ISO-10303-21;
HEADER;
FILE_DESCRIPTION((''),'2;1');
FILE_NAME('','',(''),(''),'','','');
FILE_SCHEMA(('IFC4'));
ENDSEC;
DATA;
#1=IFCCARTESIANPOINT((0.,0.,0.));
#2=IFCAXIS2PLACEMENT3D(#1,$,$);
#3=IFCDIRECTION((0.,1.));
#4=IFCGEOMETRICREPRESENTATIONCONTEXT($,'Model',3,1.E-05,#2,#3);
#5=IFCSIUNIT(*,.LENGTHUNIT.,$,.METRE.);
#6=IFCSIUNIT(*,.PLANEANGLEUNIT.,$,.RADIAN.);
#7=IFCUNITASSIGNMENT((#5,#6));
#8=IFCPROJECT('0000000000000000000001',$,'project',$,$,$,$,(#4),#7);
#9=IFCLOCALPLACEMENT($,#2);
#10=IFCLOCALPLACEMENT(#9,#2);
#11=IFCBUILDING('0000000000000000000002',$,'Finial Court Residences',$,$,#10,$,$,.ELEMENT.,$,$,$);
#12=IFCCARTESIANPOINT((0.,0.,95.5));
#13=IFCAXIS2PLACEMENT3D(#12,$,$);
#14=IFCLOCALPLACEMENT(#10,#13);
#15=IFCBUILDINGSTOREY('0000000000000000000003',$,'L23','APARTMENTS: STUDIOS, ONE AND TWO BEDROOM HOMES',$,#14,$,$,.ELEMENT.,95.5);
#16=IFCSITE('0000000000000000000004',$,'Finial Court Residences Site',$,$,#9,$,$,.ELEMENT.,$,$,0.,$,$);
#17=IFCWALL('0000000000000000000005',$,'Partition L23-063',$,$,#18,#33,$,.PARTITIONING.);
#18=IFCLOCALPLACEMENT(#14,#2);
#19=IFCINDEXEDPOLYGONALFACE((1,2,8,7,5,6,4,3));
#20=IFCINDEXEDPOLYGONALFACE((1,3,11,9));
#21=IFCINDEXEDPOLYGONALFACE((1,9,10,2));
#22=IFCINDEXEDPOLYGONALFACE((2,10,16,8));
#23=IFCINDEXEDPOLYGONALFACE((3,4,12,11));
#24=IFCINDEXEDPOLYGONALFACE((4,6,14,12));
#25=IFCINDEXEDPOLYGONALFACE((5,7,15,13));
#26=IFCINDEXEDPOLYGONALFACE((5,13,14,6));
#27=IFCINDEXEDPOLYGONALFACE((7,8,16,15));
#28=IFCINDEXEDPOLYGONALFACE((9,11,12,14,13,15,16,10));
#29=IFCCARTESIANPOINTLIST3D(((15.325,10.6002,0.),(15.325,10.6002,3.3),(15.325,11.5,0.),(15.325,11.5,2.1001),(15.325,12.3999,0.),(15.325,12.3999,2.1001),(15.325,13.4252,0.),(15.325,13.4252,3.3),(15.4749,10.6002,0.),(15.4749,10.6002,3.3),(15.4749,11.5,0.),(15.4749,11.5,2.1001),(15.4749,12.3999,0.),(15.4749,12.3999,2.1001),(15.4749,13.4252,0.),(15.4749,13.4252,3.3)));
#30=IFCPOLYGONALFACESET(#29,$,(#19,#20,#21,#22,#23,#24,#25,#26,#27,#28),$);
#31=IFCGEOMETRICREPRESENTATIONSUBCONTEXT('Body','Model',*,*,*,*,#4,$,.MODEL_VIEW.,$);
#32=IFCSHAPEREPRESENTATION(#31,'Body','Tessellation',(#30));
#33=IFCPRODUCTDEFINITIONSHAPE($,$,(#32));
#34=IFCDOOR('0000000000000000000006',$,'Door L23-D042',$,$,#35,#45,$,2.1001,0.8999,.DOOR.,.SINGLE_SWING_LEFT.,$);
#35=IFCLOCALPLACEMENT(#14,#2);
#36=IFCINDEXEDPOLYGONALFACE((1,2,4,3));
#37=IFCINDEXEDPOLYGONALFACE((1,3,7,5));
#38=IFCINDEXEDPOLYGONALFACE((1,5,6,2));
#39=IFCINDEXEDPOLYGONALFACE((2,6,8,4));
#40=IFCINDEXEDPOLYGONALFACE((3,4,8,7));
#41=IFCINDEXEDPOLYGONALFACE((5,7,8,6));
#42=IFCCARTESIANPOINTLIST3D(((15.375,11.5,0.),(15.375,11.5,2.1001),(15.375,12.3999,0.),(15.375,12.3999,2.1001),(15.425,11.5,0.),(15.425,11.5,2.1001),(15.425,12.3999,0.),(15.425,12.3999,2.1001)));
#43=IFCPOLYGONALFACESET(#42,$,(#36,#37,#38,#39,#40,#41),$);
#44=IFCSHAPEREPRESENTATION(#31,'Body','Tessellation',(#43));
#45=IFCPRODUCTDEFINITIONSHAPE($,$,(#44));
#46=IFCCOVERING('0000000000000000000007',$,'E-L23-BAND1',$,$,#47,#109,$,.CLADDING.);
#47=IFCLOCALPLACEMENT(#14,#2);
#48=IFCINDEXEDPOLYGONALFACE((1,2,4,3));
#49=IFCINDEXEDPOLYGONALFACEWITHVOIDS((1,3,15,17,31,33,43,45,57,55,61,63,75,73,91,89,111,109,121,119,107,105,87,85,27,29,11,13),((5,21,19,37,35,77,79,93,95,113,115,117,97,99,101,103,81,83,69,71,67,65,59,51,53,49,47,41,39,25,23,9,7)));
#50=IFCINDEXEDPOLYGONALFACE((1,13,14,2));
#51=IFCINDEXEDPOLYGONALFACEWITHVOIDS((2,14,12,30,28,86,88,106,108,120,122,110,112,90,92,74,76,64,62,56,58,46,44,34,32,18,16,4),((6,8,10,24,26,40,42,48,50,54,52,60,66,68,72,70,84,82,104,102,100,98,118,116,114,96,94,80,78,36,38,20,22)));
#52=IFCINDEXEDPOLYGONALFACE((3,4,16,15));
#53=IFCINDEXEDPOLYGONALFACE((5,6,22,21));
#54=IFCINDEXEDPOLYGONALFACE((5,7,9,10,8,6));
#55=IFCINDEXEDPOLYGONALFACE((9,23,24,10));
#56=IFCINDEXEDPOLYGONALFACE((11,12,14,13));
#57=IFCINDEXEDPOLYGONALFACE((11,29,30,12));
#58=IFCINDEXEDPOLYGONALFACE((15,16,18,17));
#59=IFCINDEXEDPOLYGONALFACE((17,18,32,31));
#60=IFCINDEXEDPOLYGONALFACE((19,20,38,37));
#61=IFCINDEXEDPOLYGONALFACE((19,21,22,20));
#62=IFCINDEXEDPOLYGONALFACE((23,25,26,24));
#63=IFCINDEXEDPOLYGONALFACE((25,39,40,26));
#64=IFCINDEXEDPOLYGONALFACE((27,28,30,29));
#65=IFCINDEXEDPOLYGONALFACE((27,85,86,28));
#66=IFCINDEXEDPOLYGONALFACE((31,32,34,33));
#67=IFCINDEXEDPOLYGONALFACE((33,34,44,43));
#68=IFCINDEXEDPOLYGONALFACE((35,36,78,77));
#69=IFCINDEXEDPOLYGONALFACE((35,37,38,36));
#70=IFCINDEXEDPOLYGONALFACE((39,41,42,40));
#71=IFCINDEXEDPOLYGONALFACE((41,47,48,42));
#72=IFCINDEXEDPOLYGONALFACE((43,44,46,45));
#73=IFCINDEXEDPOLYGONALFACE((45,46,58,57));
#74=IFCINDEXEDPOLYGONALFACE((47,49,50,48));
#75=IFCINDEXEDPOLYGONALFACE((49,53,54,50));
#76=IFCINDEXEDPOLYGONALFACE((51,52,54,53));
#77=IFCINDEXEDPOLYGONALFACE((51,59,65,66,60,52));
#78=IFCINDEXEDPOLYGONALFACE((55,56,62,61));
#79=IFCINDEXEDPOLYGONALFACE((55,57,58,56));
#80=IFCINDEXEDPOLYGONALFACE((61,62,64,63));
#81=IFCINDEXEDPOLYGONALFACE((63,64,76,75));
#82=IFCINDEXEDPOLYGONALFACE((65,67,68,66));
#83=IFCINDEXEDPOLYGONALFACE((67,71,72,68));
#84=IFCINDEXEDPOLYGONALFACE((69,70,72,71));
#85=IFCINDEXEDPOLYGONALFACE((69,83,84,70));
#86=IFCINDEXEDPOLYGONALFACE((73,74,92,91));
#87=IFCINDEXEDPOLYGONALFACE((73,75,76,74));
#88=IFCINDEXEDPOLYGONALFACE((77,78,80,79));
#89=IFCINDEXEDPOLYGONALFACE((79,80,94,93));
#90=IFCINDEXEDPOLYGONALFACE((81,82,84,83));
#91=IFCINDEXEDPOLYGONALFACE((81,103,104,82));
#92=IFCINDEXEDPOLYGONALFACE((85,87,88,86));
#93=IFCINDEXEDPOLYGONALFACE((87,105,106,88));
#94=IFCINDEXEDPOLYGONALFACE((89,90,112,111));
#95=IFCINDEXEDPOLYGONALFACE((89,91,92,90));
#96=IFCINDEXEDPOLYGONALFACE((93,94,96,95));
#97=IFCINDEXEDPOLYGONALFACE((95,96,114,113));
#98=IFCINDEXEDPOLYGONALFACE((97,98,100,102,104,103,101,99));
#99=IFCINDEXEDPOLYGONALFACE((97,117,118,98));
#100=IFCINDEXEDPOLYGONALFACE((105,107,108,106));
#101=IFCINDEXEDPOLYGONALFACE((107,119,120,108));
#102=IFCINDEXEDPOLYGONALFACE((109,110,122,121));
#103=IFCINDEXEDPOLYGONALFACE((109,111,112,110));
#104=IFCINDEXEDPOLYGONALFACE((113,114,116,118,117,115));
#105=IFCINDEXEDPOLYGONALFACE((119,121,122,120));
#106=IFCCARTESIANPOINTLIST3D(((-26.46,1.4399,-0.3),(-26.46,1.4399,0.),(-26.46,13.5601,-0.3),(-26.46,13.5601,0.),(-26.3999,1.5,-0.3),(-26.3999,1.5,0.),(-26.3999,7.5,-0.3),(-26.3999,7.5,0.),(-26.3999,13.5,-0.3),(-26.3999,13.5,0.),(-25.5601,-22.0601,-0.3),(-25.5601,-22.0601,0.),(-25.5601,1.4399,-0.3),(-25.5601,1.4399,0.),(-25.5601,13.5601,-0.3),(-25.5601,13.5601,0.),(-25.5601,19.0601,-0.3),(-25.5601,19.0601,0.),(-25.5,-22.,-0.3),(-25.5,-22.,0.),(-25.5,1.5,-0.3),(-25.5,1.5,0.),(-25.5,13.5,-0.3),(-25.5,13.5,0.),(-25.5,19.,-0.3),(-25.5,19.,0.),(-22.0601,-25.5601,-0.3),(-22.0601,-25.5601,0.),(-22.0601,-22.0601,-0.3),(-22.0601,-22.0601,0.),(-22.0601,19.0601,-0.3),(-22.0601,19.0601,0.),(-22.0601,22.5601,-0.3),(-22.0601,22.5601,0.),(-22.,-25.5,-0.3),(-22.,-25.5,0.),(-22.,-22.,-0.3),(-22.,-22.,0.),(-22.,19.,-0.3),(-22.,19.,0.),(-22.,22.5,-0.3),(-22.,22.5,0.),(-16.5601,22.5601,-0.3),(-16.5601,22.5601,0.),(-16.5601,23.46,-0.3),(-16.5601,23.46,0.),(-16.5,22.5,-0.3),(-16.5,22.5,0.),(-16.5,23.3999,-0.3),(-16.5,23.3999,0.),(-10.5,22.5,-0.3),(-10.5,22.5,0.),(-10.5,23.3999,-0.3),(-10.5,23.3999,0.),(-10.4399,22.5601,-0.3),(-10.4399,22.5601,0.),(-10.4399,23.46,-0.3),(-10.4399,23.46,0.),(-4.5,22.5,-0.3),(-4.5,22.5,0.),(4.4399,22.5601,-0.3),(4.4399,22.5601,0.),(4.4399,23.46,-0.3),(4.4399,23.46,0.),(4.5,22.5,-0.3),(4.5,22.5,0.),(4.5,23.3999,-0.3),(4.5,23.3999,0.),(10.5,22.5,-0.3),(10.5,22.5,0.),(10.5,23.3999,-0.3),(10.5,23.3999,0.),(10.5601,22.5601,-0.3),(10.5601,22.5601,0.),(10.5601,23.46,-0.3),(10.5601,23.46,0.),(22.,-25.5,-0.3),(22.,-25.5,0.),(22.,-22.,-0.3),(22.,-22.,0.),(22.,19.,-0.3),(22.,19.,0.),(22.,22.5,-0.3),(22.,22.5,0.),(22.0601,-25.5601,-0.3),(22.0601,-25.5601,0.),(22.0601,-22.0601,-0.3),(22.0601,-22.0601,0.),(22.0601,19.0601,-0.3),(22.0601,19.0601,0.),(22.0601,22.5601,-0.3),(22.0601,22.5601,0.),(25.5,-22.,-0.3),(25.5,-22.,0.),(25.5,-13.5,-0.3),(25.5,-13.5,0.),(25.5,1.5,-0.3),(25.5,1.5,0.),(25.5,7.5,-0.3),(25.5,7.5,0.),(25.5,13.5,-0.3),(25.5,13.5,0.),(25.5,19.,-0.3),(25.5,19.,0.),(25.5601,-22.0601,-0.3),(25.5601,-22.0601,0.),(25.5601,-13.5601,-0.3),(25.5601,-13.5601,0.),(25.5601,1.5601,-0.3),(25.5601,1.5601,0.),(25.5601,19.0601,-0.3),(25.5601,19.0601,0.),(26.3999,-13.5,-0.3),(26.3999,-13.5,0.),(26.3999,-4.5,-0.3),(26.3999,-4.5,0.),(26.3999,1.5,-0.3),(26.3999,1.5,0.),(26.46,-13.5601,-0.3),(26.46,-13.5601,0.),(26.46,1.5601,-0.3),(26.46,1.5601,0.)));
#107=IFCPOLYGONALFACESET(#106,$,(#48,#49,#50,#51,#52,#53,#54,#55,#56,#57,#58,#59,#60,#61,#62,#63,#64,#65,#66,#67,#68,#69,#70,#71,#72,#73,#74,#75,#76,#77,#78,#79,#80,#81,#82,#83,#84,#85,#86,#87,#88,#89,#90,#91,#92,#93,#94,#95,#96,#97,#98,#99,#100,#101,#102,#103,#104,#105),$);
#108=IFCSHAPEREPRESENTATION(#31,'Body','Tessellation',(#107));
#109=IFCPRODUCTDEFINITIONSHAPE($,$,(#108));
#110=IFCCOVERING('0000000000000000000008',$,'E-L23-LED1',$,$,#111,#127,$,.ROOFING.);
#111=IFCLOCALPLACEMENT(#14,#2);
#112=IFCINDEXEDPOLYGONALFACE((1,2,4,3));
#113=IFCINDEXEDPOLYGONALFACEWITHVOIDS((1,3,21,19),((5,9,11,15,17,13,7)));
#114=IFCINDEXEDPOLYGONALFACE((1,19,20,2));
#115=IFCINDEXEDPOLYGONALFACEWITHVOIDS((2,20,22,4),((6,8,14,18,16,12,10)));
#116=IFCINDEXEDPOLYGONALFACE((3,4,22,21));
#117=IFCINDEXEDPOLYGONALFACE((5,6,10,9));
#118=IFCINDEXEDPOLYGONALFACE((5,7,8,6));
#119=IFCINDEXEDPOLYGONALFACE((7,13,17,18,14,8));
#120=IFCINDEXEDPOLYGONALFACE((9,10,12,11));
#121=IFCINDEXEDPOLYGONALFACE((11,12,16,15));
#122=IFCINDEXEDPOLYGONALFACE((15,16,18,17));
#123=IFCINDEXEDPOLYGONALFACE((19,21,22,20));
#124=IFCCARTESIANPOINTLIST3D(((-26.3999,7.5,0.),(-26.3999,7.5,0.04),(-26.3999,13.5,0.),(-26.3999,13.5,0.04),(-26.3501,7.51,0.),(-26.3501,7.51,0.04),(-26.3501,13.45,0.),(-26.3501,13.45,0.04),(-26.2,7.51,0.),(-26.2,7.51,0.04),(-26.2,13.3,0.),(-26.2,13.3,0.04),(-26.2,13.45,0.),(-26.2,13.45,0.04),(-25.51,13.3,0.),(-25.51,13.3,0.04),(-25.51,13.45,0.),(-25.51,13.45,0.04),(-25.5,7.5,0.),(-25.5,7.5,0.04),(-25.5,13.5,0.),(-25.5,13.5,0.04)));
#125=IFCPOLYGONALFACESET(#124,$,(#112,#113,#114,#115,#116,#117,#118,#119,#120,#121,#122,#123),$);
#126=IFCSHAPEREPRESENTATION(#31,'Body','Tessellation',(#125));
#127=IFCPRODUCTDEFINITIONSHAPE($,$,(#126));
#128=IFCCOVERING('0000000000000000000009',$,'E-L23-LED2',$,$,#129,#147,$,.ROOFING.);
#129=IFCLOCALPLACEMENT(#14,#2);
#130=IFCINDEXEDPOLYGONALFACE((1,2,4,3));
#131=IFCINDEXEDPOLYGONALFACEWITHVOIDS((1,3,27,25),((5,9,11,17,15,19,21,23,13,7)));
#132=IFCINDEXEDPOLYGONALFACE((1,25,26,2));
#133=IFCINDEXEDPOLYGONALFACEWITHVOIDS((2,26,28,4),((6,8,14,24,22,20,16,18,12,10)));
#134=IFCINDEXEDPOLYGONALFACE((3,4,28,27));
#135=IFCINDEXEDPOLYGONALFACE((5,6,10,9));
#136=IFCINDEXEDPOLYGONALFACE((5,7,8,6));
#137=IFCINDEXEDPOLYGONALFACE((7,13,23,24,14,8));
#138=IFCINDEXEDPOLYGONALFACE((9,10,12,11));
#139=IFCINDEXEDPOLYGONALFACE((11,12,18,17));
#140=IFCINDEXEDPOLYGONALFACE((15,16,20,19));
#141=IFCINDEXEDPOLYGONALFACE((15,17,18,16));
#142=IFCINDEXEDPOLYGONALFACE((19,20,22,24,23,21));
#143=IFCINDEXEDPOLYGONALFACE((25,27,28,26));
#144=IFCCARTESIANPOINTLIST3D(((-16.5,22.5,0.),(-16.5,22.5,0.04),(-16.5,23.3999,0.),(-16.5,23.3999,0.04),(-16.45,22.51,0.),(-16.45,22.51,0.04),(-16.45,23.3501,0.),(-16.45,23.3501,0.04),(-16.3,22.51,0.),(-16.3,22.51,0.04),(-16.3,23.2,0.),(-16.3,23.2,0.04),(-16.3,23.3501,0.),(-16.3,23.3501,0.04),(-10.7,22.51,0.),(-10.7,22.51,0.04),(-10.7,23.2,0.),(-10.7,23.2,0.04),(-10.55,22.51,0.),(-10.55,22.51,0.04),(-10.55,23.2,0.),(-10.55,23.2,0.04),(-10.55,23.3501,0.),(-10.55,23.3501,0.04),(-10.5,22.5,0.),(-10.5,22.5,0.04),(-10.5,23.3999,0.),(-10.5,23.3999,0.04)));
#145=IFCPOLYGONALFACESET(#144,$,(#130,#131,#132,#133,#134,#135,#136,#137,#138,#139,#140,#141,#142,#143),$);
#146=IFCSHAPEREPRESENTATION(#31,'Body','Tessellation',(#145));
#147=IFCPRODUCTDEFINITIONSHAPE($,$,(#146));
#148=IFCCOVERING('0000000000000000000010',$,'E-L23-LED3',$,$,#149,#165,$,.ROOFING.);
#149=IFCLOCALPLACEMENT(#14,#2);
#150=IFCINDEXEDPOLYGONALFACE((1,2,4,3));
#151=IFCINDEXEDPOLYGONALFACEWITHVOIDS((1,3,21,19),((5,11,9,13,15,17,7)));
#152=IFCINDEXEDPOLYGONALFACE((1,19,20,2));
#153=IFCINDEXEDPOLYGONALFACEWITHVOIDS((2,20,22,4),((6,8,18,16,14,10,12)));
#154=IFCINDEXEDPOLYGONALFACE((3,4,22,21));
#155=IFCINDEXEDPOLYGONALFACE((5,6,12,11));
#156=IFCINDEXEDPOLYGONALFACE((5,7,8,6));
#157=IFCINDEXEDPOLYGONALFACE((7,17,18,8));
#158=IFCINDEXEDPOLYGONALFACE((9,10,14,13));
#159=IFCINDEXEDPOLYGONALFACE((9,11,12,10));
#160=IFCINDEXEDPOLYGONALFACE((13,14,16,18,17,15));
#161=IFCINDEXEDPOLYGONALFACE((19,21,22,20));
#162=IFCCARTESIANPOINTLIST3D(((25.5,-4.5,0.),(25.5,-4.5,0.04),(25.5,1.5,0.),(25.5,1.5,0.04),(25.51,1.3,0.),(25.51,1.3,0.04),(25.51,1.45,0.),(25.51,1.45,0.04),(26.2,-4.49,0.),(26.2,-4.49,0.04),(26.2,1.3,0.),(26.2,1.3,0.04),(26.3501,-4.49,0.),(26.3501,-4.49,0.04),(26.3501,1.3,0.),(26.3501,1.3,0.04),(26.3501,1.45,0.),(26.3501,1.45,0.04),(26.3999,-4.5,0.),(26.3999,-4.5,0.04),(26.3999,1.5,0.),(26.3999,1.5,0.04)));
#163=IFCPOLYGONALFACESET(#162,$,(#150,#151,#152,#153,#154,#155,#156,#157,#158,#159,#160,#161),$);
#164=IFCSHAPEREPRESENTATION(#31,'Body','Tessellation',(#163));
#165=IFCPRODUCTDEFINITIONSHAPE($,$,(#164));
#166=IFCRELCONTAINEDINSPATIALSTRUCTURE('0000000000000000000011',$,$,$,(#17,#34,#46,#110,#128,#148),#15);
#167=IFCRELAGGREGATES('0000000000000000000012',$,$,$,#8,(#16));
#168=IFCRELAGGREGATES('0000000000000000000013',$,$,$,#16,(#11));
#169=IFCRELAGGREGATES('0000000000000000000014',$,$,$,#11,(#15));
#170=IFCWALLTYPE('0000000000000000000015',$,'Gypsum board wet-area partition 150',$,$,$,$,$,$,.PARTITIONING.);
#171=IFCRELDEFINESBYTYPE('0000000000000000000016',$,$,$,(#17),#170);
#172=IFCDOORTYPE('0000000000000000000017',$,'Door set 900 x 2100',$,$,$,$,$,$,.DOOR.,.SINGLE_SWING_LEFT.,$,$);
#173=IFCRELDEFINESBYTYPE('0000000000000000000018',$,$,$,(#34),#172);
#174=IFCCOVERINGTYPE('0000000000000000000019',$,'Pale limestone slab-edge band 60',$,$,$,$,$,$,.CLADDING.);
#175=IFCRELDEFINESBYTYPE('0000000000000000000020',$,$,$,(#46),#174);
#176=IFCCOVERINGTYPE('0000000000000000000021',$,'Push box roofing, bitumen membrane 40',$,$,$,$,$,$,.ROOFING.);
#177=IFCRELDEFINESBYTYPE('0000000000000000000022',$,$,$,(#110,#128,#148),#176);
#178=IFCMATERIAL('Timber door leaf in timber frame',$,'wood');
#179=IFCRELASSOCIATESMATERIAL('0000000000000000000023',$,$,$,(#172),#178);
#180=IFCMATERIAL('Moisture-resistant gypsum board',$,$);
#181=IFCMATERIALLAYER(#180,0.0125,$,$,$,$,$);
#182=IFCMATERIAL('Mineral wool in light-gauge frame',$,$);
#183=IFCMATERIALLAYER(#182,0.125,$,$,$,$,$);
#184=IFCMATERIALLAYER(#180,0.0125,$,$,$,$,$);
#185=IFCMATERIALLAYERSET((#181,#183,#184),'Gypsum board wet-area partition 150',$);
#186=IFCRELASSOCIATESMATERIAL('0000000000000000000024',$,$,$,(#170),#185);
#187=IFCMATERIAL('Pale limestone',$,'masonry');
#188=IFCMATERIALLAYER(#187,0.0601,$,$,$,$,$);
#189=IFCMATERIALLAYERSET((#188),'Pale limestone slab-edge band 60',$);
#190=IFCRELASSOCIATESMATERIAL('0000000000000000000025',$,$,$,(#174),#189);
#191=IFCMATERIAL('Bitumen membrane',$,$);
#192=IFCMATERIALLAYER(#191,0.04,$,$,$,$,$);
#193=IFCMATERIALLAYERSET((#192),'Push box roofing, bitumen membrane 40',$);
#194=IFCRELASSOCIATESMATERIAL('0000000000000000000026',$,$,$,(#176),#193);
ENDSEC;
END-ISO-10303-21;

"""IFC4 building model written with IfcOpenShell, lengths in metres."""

from ifc_helpers import new_model, si_unit, direction, frame, frame_2d, origin, place, context, subcontext, project, spatial, polyline, rectangle, outline, extrude, material, layer, layer_set, type_object, element, fill, save


model = new_model("IFC4")

# Units and contexts
model_context = context("Model", 3, precision=1e-05, world=origin(), true_north=direction((0.0, 1.0)))
body_context = subcontext(model_context, "Body", "Model", "MODEL_VIEW")
ifc_project = project(units=[si_unit("LENGTHUNIT", "METRE"), si_unit("PLANEANGLEUNIT", "RADIAN")], contexts=[model_context])

# Site, building, storey
site_placement = place(None, origin())
site = spatial("IfcSite", under=ifc_project, at=site_placement, Name="Finial Court Residences Site", CompositionType="ELEMENT", RefElevation=0.0)
building_placement = place(site_placement, origin())
building = spatial("IfcBuilding", under=site, at=building_placement, Name="Finial Court Residences", CompositionType="ELEMENT")
storey_placement = place(building_placement, frame((0.0, 0.0, 95.5)))
storey = spatial("IfcBuildingStorey", under=building, at=storey_placement, Name="L23", Description="APARTMENTS: STUDIOS, ONE AND TWO BEDROOM HOMES", CompositionType="ELEMENT", Elevation=95.5)

# Shared definitions
ifc_material_1 = material(Name="Mineral wool in light-gauge frame")
ifc_material_2 = material(Name="Timber door leaf in timber frame", Category="wood")
door_type = type_object("IfcDoorType", Name="Door set 900 x 2100", OperationType="SINGLE_SWING_LEFT", PredefinedType="DOOR", material=ifc_material_2)
ifc_material_3 = material(Name="Moisture-resistant gypsum board")
ifc_layer_1 = layer(ifc_material_3, 0.0125)
ifc_layer_2 = layer(ifc_material_1, 0.125)
ifc_layer_3 = layer(ifc_material_3, 0.0125)
ifc_layer_set_1 = layer_set([ifc_layer_1, ifc_layer_2, ifc_layer_3], Name="Gypsum board wet-area partition 150")
wall_type_1 = type_object("IfcWallType", Name="Gypsum board wet-area partition 150", PredefinedType="PARTITIONING", material=ifc_layer_set_1)

# Wall, opening, door
wall_1_placement = place(storey_placement, frame((15.3999, 10.6001, 0.0), z_axis=(0.0, 0.0, 1.0), x_axis=(0.0, 1.0, 0.0)))
wall_1 = element("IfcWall", 1, at=wall_1_placement, inside=storey, type_object=wall_type_1, Name="Partition L23-063", PredefinedType="PARTITIONING", context=body_context, shape_type="SweptSolid", body=[
    extrude(rectangle(XDim=2.825, YDim=0.1499, at=frame_2d((1.4126, 0.0))), origin(), (0.0, 0.0, 1.0), 3.3),
])
opening_1_placement = place(wall_1_placement, frame((0.8999, 0.0, 0.0)))
opening_1 = element("IfcOpeningElement", 2, at=opening_1_placement, cuts=wall_1, PredefinedType="OPENING", context=body_context, shape_type="SweptSolid", body=[
    extrude(rectangle(XDim=0.8999, YDim=2.1001, at=frame_2d((0.45, 1.05))), frame((0.0, 0.085, 0.0), z_axis=(0.0, -1.0, 0.0), x_axis=(1.0, 0.0, 0.0)), (0.0, 0.0, 1.0), 0.1699),
])
door_1_placement = place(opening_1_placement, origin())
door_1 = element("IfcDoor", 3, at=door_1_placement, inside=storey, type_object=door_type, Name="Door L23-D042", OperationType="SINGLE_SWING_LEFT", OverallHeight=2.1001, OverallWidth=0.8999, PredefinedType="DOOR", context=body_context, shape_type="SweptSolid", body=[
    extrude(rectangle(XDim=0.8999, YDim=2.1001, at=frame_2d((0.45, 1.05))), frame((0.0, 0.0249, 0.0), z_axis=(0.0, -1.0, 0.0), x_axis=(1.0, 0.0, 0.0)), (0.0, 0.0, 1.0), 0.05),
])
fill(opening_1, door_1)

# Coverings
ifc_material_4 = material(Name="Pale limestone", Category="masonry")
ifc_layer_4 = layer(ifc_material_4, 0.0601)
ifc_layer_set_2 = layer_set([ifc_layer_4], Name="Pale limestone slab-edge band 60")
covering_type_1 = type_object("IfcCoveringType", Name="Pale limestone slab-edge band 60", PredefinedType="CLADDING", material=ifc_layer_set_2)
covering_1_placement = place(storey_placement, frame((0.0, 0.0, -0.3)))
element("IfcCovering", 4, at=covering_1_placement, inside=storey, type_object=covering_type_1, Name="E-L23-BAND1", PredefinedType="CLADDING", context=body_context, shape_type="SweptSolid", body=[
    extrude(outline(polyline([(-22.0601, -25.5601), (-22.0601, -22.0601), (-25.5601, -22.0601), (-25.5601, 1.4399), (-26.46, 1.4399), (-26.46, 13.5601), (-25.5601, 13.5601), (-25.5601, 19.0601), (-22.0601, 19.0601), (-22.0601, 22.5601), (-16.5601, 22.5601), (-16.5601, 23.46), (-10.4399, 23.46), (-10.4399, 22.5601), (4.4399, 22.5601), (4.4399, 23.46), (10.5601, 23.46), (10.5601, 22.5601), (22.0601, 22.5601), (22.0601, 19.0601), (25.5601, 19.0601), (25.5601, 1.5601), (26.46, 1.5601), (26.46, -13.5601), (25.5601, -13.5601), (25.5601, -22.0601), (22.0601, -22.0601), (22.0601, -25.5601), (-22.0601, -25.5601)]), holes=[polyline([(22.0, -22.0), (25.5, -22.0), (25.5, -13.5), (26.3999, -13.5), (26.3999, -4.5), (26.3999, 1.5), (25.5, 1.5), (25.5, 7.5), (25.5, 13.5), (25.5, 19.0), (22.0, 19.0), (22.0, 22.5), (10.5, 22.5), (10.5, 23.3999), (4.5, 23.3999), (4.5, 22.5), (-4.5, 22.5), (-10.5, 22.5), (-10.5, 23.3999), (-16.5, 23.3999), (-16.5, 22.5), (-22.0, 22.5), (-22.0, 19.0), (-25.5, 19.0), (-25.5, 13.5), (-26.3999, 13.5), (-26.3999, 7.5), (-26.3999, 1.5), (-25.5, 1.5), (-25.5, -22.0), (-22.0, -22.0), (-22.0, -25.5), (22.0, -25.5), (22.0, -22.0)])]), origin(), (0.0, 0.0, 1.0), 0.3),
])
ifc_material_5 = material(Name="Bitumen membrane")
ifc_layer_5 = layer(ifc_material_5, 0.04)
ifc_layer_set_3 = layer_set([ifc_layer_5], Name="Push box roofing, bitumen membrane 40")
covering_type_2 = type_object("IfcCoveringType", Name="Push box roofing, bitumen membrane 40", PredefinedType="ROOFING", material=ifc_layer_set_3)
covering_2_placement = place(storey_placement, origin())
element("IfcCovering", 5, at=covering_2_placement, inside=storey, type_object=covering_type_2, Name="E-L23-LED1", PredefinedType="ROOFING", context=body_context, shape_type="SweptSolid", body=[
    extrude(outline(polyline([(-26.3999, 7.5), (-26.3999, 13.5), (-25.5, 13.5), (-25.5, 7.5), (-26.3999, 7.5)]), holes=[polyline([(-26.3501, 13.45), (-26.3501, 7.51), (-26.2, 7.51), (-26.2, 13.3), (-25.51, 13.3), (-25.51, 13.45), (-26.2, 13.45), (-26.3501, 13.45)])]), origin(), (0.0, 0.0, 1.0), 0.04),
])
covering_3_placement = place(storey_placement, origin())
element("IfcCovering", 6, at=covering_3_placement, inside=storey, type_object=covering_type_2, Name="E-L23-LED2", PredefinedType="ROOFING", context=body_context, shape_type="SweptSolid", body=[
    extrude(outline(polyline([(-16.5, 22.5), (-16.5, 23.3999), (-10.5, 23.3999), (-10.5, 22.5), (-16.5, 22.5)]), holes=[polyline([(-10.55, 22.51), (-10.55, 23.2), (-10.55, 23.3501), (-16.3, 23.3501), (-16.3, 23.3501), (-16.45, 23.3501), (-16.45, 22.51), (-16.3, 22.51), (-16.3, 23.2), (-10.7, 23.2), (-10.7, 22.51), (-10.55, 22.51)])]), origin(), (0.0, 0.0, 1.0), 0.04),
])
covering_4_placement = place(storey_placement, origin())
element("IfcCovering", 7, at=covering_4_placement, inside=storey, type_object=covering_type_2, Name="E-L23-LED3", PredefinedType="ROOFING", context=body_context, shape_type="SweptSolid", body=[
    extrude(outline(polyline([(25.5, -4.5), (25.5, 1.5), (26.3999, 1.5), (26.3999, -4.5), (25.5, -4.5)]), holes=[polyline([(26.3501, -4.49), (26.3501, 1.3), (26.3501, 1.3), (26.3501, 1.45), (25.51, 1.45), (25.51, 1.3), (26.2, 1.3), (26.2, -4.49), (26.3501, -4.49)])]), origin(), (0.0, 0.0, 1.0), 0.04),
])

save(model, "model.ifc")
